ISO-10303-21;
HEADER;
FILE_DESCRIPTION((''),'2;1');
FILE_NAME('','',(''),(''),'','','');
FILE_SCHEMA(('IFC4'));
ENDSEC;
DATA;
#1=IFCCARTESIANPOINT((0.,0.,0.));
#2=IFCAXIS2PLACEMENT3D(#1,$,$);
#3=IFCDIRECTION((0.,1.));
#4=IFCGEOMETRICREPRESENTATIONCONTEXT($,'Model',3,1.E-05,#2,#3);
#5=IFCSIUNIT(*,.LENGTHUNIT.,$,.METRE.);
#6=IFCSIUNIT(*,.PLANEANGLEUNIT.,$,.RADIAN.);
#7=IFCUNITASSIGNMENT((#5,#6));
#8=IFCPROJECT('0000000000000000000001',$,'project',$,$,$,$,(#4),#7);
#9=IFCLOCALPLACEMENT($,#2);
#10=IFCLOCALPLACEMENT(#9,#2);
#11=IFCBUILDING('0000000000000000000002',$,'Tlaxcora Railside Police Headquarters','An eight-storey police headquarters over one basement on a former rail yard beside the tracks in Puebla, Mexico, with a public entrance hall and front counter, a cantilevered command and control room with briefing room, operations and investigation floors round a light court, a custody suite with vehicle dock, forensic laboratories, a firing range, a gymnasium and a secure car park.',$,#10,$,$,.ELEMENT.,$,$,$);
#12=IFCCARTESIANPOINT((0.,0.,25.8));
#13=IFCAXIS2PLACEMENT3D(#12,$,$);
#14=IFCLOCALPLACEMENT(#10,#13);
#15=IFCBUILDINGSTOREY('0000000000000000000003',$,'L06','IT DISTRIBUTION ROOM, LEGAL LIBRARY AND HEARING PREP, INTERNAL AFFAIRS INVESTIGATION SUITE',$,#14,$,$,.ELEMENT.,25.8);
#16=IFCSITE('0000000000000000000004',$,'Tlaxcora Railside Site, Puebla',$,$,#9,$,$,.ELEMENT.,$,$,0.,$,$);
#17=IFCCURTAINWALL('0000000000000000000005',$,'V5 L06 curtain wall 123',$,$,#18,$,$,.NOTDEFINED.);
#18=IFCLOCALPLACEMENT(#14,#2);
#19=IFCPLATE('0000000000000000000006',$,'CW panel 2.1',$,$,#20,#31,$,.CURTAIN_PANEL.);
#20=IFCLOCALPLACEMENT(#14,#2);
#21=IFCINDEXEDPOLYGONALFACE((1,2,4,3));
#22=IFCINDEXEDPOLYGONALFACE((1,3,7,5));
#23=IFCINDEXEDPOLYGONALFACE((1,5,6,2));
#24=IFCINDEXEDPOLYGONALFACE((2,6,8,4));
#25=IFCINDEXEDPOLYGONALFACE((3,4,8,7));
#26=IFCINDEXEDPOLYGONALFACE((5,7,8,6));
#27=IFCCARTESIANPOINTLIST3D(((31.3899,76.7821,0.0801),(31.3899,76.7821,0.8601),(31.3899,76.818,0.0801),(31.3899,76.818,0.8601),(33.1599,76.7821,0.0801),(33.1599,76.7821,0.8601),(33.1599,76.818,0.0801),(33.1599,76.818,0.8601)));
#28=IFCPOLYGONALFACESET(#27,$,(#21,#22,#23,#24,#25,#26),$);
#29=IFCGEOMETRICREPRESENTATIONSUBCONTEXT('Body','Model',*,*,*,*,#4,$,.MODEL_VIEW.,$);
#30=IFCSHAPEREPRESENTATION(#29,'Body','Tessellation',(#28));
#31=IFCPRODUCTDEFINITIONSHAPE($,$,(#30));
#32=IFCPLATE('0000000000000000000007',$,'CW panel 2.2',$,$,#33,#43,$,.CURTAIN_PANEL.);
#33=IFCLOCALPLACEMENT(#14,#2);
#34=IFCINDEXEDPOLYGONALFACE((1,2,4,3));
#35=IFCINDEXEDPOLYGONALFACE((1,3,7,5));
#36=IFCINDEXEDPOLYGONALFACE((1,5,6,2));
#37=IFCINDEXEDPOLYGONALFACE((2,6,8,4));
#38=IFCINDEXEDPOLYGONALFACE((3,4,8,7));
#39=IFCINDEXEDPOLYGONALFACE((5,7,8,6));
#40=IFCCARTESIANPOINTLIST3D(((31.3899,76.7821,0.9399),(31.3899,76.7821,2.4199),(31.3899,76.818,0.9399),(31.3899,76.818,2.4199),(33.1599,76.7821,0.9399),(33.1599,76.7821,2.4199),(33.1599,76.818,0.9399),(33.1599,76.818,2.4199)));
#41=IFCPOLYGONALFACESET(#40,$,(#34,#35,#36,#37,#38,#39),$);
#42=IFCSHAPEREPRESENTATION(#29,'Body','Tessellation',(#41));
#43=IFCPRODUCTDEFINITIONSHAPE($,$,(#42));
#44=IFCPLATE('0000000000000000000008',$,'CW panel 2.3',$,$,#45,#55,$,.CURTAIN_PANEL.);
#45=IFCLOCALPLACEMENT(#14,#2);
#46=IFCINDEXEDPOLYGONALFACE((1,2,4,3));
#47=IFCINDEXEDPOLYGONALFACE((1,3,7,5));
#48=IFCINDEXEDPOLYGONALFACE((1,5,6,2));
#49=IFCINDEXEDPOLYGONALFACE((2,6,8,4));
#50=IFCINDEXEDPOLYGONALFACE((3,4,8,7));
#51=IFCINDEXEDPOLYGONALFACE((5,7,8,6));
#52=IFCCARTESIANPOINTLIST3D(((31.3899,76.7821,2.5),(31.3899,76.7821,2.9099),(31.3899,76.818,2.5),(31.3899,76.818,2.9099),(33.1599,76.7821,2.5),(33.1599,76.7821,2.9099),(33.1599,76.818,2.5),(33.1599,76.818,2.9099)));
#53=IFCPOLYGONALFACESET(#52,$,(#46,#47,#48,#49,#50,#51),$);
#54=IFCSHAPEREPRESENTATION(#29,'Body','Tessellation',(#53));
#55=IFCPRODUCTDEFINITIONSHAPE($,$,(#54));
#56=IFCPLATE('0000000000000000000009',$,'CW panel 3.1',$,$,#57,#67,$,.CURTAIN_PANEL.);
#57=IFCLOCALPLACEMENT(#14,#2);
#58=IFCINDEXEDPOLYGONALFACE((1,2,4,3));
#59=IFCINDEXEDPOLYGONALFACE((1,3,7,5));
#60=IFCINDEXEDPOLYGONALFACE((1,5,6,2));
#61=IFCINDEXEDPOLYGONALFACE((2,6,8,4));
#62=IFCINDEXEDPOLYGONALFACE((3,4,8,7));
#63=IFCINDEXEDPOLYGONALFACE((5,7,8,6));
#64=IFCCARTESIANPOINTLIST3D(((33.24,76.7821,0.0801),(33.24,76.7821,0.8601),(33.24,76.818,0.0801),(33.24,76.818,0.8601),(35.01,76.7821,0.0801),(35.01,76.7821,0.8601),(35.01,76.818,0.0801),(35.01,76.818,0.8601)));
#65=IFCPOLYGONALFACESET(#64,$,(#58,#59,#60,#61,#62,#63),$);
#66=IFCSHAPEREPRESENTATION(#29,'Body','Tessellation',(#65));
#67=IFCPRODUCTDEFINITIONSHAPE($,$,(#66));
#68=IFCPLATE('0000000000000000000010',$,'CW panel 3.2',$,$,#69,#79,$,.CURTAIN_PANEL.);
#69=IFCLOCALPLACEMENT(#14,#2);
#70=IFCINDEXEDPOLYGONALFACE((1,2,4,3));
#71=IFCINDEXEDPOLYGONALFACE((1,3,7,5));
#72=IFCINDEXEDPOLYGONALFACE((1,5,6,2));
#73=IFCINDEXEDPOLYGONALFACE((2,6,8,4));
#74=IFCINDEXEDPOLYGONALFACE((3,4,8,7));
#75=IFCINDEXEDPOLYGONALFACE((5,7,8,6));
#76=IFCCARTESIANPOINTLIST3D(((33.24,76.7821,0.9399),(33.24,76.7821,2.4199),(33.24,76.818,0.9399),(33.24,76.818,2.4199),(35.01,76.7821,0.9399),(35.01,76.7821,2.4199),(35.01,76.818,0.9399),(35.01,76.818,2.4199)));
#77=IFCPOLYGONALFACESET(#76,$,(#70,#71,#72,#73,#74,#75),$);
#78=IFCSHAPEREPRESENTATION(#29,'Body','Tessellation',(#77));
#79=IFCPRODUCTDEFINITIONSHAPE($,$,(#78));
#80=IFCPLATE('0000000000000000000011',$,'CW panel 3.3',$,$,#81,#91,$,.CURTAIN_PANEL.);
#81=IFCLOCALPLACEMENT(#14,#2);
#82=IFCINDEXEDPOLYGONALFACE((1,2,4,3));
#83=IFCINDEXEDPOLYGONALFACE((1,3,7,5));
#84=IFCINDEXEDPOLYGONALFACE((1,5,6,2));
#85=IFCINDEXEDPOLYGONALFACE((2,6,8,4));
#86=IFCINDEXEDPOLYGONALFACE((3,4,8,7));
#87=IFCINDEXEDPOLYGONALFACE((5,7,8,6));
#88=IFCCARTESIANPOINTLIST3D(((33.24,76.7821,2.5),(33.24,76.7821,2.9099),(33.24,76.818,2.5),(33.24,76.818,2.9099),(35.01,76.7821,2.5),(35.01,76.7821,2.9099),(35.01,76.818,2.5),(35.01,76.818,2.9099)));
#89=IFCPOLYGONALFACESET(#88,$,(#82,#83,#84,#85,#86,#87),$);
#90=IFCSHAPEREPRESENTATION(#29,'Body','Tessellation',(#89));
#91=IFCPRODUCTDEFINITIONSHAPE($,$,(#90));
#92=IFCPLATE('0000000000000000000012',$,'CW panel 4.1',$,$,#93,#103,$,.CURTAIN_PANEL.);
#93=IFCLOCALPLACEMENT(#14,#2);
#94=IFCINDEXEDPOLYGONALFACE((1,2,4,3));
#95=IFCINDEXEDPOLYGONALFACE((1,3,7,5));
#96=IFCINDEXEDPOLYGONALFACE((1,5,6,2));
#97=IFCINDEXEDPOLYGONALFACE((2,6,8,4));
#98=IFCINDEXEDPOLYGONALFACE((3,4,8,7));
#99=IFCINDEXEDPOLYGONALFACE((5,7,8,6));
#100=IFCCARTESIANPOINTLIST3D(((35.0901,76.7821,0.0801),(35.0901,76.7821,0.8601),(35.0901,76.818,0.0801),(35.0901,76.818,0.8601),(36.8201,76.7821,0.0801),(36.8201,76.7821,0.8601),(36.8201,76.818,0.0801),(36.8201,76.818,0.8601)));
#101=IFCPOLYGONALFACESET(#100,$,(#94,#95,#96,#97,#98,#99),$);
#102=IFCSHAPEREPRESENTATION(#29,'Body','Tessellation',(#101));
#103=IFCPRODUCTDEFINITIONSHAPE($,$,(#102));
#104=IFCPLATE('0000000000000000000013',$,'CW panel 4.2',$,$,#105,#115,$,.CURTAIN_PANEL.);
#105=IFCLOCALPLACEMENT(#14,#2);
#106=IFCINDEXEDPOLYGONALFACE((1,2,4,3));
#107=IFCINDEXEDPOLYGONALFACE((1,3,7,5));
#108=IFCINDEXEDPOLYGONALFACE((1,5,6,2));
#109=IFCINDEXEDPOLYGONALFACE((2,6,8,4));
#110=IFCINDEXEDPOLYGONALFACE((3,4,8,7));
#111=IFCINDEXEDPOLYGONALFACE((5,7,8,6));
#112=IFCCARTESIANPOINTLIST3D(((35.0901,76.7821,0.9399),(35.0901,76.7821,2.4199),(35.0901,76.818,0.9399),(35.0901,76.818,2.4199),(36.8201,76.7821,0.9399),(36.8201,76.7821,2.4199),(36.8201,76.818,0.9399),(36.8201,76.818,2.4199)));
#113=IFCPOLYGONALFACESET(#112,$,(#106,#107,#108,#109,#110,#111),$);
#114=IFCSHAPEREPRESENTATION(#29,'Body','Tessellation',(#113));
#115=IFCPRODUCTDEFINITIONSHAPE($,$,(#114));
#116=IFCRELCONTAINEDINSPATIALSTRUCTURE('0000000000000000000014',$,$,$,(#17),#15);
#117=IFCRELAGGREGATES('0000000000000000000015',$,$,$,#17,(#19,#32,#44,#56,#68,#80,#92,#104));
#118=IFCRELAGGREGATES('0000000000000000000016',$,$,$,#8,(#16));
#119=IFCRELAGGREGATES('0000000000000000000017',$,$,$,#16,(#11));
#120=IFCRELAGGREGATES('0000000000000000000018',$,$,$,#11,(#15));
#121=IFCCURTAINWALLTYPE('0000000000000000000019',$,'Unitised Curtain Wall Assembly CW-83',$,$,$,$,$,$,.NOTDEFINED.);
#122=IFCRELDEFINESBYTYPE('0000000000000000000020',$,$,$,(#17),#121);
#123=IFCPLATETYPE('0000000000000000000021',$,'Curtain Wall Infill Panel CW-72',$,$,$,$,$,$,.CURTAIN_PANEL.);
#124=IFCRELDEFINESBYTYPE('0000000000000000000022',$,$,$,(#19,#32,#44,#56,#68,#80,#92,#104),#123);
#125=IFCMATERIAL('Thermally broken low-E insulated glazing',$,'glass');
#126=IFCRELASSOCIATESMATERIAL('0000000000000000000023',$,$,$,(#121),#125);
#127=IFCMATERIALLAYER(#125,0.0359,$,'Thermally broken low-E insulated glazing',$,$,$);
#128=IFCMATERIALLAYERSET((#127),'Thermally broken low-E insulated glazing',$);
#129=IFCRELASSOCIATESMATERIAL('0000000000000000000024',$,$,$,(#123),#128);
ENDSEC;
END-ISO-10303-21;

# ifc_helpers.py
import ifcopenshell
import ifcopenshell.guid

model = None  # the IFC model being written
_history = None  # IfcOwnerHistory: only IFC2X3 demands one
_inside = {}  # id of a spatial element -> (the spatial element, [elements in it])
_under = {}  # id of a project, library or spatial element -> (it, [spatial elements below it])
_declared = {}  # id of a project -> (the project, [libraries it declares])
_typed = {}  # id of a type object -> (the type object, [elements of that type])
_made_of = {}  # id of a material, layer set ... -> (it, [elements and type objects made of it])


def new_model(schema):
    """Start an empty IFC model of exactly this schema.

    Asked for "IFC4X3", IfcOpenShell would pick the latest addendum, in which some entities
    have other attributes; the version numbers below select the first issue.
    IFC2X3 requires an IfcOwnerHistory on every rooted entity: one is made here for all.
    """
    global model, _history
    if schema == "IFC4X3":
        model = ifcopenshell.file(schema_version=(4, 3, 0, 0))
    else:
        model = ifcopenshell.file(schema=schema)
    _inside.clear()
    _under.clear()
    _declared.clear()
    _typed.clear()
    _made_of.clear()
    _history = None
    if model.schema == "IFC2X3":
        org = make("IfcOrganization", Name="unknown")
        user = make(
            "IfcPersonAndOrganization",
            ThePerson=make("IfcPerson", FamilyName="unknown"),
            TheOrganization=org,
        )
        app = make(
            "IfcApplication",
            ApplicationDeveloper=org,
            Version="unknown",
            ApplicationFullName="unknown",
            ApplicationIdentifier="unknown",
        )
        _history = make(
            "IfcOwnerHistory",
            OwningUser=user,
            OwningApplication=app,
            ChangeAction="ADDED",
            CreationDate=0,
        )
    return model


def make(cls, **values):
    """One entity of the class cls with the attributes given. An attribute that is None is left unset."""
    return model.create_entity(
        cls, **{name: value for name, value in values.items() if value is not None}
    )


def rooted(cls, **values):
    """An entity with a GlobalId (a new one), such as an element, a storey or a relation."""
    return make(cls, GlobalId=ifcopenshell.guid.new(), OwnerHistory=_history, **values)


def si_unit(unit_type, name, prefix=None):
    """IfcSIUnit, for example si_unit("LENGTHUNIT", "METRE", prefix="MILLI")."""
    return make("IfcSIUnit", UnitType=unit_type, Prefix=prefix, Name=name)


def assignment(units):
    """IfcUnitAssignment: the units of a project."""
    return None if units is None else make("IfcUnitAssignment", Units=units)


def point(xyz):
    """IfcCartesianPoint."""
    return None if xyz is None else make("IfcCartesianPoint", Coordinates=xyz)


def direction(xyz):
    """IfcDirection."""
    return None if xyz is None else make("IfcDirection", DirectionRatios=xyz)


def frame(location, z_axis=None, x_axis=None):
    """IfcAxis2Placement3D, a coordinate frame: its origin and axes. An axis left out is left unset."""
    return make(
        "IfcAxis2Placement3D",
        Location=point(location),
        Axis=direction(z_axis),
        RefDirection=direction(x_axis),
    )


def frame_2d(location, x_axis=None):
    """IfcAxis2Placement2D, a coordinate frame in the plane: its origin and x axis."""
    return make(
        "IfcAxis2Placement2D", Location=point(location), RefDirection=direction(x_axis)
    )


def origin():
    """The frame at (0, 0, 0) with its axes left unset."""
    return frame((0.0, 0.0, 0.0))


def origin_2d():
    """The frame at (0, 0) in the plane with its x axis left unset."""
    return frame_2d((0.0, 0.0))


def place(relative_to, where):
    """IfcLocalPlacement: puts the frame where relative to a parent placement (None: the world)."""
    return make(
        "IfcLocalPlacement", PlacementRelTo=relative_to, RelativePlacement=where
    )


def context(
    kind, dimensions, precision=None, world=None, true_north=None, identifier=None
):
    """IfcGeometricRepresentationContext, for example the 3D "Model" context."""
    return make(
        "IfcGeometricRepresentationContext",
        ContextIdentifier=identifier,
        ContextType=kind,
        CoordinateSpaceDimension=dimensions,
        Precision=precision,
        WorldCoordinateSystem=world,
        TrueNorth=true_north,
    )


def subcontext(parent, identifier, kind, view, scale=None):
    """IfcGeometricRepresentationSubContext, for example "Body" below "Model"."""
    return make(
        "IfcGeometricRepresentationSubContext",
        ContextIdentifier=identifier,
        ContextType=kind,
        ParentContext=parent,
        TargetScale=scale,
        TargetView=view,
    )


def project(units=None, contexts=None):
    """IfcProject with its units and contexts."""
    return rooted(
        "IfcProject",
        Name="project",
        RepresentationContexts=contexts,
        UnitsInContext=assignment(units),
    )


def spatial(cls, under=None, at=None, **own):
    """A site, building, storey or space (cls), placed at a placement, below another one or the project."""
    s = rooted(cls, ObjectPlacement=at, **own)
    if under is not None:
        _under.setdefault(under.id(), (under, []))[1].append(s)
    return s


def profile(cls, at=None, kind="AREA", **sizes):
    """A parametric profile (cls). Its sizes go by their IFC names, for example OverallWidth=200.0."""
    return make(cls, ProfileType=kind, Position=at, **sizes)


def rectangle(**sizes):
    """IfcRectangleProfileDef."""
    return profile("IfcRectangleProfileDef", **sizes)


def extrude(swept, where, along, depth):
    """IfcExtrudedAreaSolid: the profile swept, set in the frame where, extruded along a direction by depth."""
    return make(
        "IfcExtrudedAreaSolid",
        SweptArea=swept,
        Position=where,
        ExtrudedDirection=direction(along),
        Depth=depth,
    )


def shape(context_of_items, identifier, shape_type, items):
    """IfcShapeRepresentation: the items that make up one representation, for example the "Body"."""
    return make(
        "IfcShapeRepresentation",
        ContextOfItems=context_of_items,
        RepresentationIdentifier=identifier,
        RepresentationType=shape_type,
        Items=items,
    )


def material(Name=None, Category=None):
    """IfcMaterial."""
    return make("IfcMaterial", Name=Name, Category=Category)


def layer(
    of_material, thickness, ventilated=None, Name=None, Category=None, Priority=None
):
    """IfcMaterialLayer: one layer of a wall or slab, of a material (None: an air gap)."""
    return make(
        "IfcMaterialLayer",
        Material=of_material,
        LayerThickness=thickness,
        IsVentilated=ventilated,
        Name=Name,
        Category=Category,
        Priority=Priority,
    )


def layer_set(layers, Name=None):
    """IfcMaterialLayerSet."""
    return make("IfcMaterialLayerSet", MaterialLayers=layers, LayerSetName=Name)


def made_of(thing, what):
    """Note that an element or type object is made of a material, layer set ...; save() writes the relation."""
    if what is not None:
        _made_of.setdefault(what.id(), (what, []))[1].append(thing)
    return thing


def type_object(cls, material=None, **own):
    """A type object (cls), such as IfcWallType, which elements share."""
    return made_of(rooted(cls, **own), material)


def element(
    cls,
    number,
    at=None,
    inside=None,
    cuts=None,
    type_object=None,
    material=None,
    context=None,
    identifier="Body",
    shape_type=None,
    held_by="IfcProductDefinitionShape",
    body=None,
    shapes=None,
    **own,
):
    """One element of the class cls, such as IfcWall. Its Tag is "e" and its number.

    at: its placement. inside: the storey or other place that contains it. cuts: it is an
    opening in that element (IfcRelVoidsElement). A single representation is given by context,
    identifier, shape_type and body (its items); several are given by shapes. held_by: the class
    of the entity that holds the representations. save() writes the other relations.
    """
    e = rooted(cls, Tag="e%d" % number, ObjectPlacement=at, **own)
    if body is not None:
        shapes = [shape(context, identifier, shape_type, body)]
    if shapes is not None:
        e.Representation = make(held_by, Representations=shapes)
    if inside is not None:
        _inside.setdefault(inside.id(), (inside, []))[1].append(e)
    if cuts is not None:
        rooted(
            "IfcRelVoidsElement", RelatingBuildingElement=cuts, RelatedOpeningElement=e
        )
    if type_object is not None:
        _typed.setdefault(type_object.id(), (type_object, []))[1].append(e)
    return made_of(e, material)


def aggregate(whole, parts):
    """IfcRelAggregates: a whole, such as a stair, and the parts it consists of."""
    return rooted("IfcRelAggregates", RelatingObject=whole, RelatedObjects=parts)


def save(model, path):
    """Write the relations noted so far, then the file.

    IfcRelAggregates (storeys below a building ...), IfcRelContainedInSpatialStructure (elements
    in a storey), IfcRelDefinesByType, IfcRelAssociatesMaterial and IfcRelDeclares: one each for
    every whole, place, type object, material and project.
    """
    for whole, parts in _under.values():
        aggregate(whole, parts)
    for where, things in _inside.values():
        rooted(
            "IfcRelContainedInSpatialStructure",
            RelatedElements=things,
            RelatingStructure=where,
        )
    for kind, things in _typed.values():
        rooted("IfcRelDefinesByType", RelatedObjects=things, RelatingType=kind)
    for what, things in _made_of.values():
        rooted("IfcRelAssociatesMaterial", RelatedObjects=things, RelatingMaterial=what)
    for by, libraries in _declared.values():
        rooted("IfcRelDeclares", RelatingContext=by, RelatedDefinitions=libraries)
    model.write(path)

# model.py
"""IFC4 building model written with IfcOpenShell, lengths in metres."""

from ifc_helpers import new_model, si_unit, direction, frame, origin, origin_2d, place, context, subcontext, project, spatial, rectangle, extrude, material, layer, layer_set, type_object, element, aggregate, save


model = new_model("IFC4")

# Units and contexts
model_context = context("Model", 3, precision=1e-05, world=origin(), true_north=direction((0.0, 1.0)))
body_context = subcontext(model_context, "Body", "Model", "MODEL_VIEW")
ifc_project = project(units=[si_unit("LENGTHUNIT", "METRE"), si_unit("PLANEANGLEUNIT", "RADIAN")], contexts=[model_context])

# Site, building, storey
site_placement = place(None, origin())
site = spatial("IfcSite", under=ifc_project, at=site_placement, Name="Tlaxcora Railside Site, Puebla", CompositionType="ELEMENT", RefElevation=0.0)
building_placement = place(site_placement, origin())
building = spatial("IfcBuilding", under=site, at=building_placement, Name="Tlaxcora Railside Police Headquarters", Description="An eight-storey police headquarters over one basement on a former rail yard beside the tracks in Puebla, Mexico, with a public entrance hall and front counter, a cantilevered command and control room with briefing room, operations and investigation floors round a light court, a custody suite with vehicle dock, forensic laboratories, a firing range, a gymnasium and a secure car park.", CompositionType="ELEMENT")
storey_placement = place(building_placement, frame((0.0, 0.0, 25.8)))
storey = spatial("IfcBuildingStorey", under=building, at=storey_placement, Name="L06", Description="IT DISTRIBUTION ROOM, LEGAL LIBRARY AND HEARING PREP, INTERNAL AFFAIRS INVESTIGATION SUITE", CompositionType="ELEMENT", Elevation=25.8)

# Curtain wall, plates
ifc_material_1 = material(Name="Thermally broken low-E insulated glazing", Category="glass")
curtain_wall_type = type_object("IfcCurtainWallType", Name="Unitised Curtain Wall Assembly CW-83", PredefinedType="NOTDEFINED", material=ifc_material_1)
curtain_wall_placement = place(storey_placement, origin())
curtain_wall = element("IfcCurtainWall", 1, at=curtain_wall_placement, inside=storey, type_object=curtain_wall_type, Name="V5 L06 curtain wall 123", PredefinedType="NOTDEFINED")
ifc_layer = layer(ifc_material_1, 0.0359, Name="Thermally broken low-E insulated glazing")
ifc_layer_set = layer_set([ifc_layer], Name="Thermally broken low-E insulated glazing")
plate_type = type_object("IfcPlateType", Name="Curtain Wall Infill Panel CW-72", PredefinedType="CURTAIN_PANEL", material=ifc_layer_set)
plate_1_placement = place(storey_placement, frame((32.2749, 76.8, 0.0801), z_axis=(0.0, 0.0, 1.0), x_axis=(1.0, 0.0, 0.0)))
plate_1 = element("IfcPlate", 2, at=plate_1_placement, type_object=plate_type, Name="CW panel 2.1", PredefinedType="CURTAIN_PANEL", context=body_context, shape_type="SweptSolid", body=[
    extrude(rectangle(XDim=1.77, YDim=0.0359, at=origin_2d()), origin(), (0.0, 0.0, 1.0), 0.78),
])
plate_2_placement = place(storey_placement, frame((32.2749, 76.8, 0.9399), z_axis=(0.0, 0.0, 1.0), x_axis=(1.0, 0.0, 0.0)))
plate_2 = element("IfcPlate", 3, at=plate_2_placement, type_object=plate_type, Name="CW panel 2.2", PredefinedType="CURTAIN_PANEL", context=body_context, shape_type="SweptSolid", body=[
    extrude(rectangle(XDim=1.77, YDim=0.0359, at=origin_2d()), origin(), (0.0, 0.0, 1.0), 1.48),
])
plate_3_placement = place(storey_placement, frame((32.2749, 76.8, 2.5), z_axis=(0.0, 0.0, 1.0), x_axis=(1.0, 0.0, 0.0)))
plate_3 = element("IfcPlate", 4, at=plate_3_placement, type_object=plate_type, Name="CW panel 2.3", PredefinedType="CURTAIN_PANEL", context=body_context, shape_type="SweptSolid", body=[
    extrude(rectangle(XDim=1.77, YDim=0.0359, at=origin_2d()), origin(), (0.0, 0.0, 1.0), 0.4099),
])
plate_4_placement = place(storey_placement, frame((34.125, 76.8, 0.0801), z_axis=(0.0, 0.0, 1.0), x_axis=(1.0, 0.0, 0.0)))
plate_4 = element("IfcPlate", 5, at=plate_4_placement, type_object=plate_type, Name="CW panel 3.1", PredefinedType="CURTAIN_PANEL", context=body_context, shape_type="SweptSolid", body=[
    extrude(rectangle(XDim=1.77, YDim=0.0359, at=origin_2d()), origin(), (0.0, 0.0, 1.0), 0.78),
])
plate_5_placement = place(storey_placement, frame((34.125, 76.8, 0.9399), z_axis=(0.0, 0.0, 1.0), x_axis=(1.0, 0.0, 0.0)))
plate_5 = element("IfcPlate", 6, at=plate_5_placement, type_object=plate_type, Name="CW panel 3.2", PredefinedType="CURTAIN_PANEL", context=body_context, shape_type="SweptSolid", body=[
    extrude(rectangle(XDim=1.77, YDim=0.0359, at=origin_2d()), origin(), (0.0, 0.0, 1.0), 1.48),
])
plate_6_placement = place(storey_placement, frame((34.125, 76.8, 2.5), z_axis=(0.0, 0.0, 1.0), x_axis=(1.0, 0.0, 0.0)))
plate_6 = element("IfcPlate", 7, at=plate_6_placement, type_object=plate_type, Name="CW panel 3.3", PredefinedType="CURTAIN_PANEL", context=body_context, shape_type="SweptSolid", body=[
    extrude(rectangle(XDim=1.77, YDim=0.0359, at=origin_2d()), origin(), (0.0, 0.0, 1.0), 0.4099),
])
plate_7_placement = place(storey_placement, frame((35.9551, 76.8, 0.0801), z_axis=(0.0, 0.0, 1.0), x_axis=(1.0, 0.0, 0.0)))
plate_7 = element("IfcPlate", 8, at=plate_7_placement, type_object=plate_type, Name="CW panel 4.1", PredefinedType="CURTAIN_PANEL", context=body_context, shape_type="SweptSolid", body=[
    extrude(rectangle(XDim=1.73, YDim=0.0359, at=origin_2d()), origin(), (0.0, 0.0, 1.0), 0.78),
])
plate_8_placement = place(storey_placement, frame((35.9551, 76.8, 0.9399), z_axis=(0.0, 0.0, 1.0), x_axis=(1.0, 0.0, 0.0)))
plate_8 = element("IfcPlate", 9, at=plate_8_placement, type_object=plate_type, Name="CW panel 4.2", PredefinedType="CURTAIN_PANEL", context=body_context, shape_type="SweptSolid", body=[
    extrude(rectangle(XDim=1.73, YDim=0.0359, at=origin_2d()), origin(), (0.0, 0.0, 1.0), 1.48),
])
aggregate(curtain_wall, [plate_1, plate_2, plate_3, plate_4, plate_5, plate_6, plate_7, plate_8])

save(model, "model.ifc")
